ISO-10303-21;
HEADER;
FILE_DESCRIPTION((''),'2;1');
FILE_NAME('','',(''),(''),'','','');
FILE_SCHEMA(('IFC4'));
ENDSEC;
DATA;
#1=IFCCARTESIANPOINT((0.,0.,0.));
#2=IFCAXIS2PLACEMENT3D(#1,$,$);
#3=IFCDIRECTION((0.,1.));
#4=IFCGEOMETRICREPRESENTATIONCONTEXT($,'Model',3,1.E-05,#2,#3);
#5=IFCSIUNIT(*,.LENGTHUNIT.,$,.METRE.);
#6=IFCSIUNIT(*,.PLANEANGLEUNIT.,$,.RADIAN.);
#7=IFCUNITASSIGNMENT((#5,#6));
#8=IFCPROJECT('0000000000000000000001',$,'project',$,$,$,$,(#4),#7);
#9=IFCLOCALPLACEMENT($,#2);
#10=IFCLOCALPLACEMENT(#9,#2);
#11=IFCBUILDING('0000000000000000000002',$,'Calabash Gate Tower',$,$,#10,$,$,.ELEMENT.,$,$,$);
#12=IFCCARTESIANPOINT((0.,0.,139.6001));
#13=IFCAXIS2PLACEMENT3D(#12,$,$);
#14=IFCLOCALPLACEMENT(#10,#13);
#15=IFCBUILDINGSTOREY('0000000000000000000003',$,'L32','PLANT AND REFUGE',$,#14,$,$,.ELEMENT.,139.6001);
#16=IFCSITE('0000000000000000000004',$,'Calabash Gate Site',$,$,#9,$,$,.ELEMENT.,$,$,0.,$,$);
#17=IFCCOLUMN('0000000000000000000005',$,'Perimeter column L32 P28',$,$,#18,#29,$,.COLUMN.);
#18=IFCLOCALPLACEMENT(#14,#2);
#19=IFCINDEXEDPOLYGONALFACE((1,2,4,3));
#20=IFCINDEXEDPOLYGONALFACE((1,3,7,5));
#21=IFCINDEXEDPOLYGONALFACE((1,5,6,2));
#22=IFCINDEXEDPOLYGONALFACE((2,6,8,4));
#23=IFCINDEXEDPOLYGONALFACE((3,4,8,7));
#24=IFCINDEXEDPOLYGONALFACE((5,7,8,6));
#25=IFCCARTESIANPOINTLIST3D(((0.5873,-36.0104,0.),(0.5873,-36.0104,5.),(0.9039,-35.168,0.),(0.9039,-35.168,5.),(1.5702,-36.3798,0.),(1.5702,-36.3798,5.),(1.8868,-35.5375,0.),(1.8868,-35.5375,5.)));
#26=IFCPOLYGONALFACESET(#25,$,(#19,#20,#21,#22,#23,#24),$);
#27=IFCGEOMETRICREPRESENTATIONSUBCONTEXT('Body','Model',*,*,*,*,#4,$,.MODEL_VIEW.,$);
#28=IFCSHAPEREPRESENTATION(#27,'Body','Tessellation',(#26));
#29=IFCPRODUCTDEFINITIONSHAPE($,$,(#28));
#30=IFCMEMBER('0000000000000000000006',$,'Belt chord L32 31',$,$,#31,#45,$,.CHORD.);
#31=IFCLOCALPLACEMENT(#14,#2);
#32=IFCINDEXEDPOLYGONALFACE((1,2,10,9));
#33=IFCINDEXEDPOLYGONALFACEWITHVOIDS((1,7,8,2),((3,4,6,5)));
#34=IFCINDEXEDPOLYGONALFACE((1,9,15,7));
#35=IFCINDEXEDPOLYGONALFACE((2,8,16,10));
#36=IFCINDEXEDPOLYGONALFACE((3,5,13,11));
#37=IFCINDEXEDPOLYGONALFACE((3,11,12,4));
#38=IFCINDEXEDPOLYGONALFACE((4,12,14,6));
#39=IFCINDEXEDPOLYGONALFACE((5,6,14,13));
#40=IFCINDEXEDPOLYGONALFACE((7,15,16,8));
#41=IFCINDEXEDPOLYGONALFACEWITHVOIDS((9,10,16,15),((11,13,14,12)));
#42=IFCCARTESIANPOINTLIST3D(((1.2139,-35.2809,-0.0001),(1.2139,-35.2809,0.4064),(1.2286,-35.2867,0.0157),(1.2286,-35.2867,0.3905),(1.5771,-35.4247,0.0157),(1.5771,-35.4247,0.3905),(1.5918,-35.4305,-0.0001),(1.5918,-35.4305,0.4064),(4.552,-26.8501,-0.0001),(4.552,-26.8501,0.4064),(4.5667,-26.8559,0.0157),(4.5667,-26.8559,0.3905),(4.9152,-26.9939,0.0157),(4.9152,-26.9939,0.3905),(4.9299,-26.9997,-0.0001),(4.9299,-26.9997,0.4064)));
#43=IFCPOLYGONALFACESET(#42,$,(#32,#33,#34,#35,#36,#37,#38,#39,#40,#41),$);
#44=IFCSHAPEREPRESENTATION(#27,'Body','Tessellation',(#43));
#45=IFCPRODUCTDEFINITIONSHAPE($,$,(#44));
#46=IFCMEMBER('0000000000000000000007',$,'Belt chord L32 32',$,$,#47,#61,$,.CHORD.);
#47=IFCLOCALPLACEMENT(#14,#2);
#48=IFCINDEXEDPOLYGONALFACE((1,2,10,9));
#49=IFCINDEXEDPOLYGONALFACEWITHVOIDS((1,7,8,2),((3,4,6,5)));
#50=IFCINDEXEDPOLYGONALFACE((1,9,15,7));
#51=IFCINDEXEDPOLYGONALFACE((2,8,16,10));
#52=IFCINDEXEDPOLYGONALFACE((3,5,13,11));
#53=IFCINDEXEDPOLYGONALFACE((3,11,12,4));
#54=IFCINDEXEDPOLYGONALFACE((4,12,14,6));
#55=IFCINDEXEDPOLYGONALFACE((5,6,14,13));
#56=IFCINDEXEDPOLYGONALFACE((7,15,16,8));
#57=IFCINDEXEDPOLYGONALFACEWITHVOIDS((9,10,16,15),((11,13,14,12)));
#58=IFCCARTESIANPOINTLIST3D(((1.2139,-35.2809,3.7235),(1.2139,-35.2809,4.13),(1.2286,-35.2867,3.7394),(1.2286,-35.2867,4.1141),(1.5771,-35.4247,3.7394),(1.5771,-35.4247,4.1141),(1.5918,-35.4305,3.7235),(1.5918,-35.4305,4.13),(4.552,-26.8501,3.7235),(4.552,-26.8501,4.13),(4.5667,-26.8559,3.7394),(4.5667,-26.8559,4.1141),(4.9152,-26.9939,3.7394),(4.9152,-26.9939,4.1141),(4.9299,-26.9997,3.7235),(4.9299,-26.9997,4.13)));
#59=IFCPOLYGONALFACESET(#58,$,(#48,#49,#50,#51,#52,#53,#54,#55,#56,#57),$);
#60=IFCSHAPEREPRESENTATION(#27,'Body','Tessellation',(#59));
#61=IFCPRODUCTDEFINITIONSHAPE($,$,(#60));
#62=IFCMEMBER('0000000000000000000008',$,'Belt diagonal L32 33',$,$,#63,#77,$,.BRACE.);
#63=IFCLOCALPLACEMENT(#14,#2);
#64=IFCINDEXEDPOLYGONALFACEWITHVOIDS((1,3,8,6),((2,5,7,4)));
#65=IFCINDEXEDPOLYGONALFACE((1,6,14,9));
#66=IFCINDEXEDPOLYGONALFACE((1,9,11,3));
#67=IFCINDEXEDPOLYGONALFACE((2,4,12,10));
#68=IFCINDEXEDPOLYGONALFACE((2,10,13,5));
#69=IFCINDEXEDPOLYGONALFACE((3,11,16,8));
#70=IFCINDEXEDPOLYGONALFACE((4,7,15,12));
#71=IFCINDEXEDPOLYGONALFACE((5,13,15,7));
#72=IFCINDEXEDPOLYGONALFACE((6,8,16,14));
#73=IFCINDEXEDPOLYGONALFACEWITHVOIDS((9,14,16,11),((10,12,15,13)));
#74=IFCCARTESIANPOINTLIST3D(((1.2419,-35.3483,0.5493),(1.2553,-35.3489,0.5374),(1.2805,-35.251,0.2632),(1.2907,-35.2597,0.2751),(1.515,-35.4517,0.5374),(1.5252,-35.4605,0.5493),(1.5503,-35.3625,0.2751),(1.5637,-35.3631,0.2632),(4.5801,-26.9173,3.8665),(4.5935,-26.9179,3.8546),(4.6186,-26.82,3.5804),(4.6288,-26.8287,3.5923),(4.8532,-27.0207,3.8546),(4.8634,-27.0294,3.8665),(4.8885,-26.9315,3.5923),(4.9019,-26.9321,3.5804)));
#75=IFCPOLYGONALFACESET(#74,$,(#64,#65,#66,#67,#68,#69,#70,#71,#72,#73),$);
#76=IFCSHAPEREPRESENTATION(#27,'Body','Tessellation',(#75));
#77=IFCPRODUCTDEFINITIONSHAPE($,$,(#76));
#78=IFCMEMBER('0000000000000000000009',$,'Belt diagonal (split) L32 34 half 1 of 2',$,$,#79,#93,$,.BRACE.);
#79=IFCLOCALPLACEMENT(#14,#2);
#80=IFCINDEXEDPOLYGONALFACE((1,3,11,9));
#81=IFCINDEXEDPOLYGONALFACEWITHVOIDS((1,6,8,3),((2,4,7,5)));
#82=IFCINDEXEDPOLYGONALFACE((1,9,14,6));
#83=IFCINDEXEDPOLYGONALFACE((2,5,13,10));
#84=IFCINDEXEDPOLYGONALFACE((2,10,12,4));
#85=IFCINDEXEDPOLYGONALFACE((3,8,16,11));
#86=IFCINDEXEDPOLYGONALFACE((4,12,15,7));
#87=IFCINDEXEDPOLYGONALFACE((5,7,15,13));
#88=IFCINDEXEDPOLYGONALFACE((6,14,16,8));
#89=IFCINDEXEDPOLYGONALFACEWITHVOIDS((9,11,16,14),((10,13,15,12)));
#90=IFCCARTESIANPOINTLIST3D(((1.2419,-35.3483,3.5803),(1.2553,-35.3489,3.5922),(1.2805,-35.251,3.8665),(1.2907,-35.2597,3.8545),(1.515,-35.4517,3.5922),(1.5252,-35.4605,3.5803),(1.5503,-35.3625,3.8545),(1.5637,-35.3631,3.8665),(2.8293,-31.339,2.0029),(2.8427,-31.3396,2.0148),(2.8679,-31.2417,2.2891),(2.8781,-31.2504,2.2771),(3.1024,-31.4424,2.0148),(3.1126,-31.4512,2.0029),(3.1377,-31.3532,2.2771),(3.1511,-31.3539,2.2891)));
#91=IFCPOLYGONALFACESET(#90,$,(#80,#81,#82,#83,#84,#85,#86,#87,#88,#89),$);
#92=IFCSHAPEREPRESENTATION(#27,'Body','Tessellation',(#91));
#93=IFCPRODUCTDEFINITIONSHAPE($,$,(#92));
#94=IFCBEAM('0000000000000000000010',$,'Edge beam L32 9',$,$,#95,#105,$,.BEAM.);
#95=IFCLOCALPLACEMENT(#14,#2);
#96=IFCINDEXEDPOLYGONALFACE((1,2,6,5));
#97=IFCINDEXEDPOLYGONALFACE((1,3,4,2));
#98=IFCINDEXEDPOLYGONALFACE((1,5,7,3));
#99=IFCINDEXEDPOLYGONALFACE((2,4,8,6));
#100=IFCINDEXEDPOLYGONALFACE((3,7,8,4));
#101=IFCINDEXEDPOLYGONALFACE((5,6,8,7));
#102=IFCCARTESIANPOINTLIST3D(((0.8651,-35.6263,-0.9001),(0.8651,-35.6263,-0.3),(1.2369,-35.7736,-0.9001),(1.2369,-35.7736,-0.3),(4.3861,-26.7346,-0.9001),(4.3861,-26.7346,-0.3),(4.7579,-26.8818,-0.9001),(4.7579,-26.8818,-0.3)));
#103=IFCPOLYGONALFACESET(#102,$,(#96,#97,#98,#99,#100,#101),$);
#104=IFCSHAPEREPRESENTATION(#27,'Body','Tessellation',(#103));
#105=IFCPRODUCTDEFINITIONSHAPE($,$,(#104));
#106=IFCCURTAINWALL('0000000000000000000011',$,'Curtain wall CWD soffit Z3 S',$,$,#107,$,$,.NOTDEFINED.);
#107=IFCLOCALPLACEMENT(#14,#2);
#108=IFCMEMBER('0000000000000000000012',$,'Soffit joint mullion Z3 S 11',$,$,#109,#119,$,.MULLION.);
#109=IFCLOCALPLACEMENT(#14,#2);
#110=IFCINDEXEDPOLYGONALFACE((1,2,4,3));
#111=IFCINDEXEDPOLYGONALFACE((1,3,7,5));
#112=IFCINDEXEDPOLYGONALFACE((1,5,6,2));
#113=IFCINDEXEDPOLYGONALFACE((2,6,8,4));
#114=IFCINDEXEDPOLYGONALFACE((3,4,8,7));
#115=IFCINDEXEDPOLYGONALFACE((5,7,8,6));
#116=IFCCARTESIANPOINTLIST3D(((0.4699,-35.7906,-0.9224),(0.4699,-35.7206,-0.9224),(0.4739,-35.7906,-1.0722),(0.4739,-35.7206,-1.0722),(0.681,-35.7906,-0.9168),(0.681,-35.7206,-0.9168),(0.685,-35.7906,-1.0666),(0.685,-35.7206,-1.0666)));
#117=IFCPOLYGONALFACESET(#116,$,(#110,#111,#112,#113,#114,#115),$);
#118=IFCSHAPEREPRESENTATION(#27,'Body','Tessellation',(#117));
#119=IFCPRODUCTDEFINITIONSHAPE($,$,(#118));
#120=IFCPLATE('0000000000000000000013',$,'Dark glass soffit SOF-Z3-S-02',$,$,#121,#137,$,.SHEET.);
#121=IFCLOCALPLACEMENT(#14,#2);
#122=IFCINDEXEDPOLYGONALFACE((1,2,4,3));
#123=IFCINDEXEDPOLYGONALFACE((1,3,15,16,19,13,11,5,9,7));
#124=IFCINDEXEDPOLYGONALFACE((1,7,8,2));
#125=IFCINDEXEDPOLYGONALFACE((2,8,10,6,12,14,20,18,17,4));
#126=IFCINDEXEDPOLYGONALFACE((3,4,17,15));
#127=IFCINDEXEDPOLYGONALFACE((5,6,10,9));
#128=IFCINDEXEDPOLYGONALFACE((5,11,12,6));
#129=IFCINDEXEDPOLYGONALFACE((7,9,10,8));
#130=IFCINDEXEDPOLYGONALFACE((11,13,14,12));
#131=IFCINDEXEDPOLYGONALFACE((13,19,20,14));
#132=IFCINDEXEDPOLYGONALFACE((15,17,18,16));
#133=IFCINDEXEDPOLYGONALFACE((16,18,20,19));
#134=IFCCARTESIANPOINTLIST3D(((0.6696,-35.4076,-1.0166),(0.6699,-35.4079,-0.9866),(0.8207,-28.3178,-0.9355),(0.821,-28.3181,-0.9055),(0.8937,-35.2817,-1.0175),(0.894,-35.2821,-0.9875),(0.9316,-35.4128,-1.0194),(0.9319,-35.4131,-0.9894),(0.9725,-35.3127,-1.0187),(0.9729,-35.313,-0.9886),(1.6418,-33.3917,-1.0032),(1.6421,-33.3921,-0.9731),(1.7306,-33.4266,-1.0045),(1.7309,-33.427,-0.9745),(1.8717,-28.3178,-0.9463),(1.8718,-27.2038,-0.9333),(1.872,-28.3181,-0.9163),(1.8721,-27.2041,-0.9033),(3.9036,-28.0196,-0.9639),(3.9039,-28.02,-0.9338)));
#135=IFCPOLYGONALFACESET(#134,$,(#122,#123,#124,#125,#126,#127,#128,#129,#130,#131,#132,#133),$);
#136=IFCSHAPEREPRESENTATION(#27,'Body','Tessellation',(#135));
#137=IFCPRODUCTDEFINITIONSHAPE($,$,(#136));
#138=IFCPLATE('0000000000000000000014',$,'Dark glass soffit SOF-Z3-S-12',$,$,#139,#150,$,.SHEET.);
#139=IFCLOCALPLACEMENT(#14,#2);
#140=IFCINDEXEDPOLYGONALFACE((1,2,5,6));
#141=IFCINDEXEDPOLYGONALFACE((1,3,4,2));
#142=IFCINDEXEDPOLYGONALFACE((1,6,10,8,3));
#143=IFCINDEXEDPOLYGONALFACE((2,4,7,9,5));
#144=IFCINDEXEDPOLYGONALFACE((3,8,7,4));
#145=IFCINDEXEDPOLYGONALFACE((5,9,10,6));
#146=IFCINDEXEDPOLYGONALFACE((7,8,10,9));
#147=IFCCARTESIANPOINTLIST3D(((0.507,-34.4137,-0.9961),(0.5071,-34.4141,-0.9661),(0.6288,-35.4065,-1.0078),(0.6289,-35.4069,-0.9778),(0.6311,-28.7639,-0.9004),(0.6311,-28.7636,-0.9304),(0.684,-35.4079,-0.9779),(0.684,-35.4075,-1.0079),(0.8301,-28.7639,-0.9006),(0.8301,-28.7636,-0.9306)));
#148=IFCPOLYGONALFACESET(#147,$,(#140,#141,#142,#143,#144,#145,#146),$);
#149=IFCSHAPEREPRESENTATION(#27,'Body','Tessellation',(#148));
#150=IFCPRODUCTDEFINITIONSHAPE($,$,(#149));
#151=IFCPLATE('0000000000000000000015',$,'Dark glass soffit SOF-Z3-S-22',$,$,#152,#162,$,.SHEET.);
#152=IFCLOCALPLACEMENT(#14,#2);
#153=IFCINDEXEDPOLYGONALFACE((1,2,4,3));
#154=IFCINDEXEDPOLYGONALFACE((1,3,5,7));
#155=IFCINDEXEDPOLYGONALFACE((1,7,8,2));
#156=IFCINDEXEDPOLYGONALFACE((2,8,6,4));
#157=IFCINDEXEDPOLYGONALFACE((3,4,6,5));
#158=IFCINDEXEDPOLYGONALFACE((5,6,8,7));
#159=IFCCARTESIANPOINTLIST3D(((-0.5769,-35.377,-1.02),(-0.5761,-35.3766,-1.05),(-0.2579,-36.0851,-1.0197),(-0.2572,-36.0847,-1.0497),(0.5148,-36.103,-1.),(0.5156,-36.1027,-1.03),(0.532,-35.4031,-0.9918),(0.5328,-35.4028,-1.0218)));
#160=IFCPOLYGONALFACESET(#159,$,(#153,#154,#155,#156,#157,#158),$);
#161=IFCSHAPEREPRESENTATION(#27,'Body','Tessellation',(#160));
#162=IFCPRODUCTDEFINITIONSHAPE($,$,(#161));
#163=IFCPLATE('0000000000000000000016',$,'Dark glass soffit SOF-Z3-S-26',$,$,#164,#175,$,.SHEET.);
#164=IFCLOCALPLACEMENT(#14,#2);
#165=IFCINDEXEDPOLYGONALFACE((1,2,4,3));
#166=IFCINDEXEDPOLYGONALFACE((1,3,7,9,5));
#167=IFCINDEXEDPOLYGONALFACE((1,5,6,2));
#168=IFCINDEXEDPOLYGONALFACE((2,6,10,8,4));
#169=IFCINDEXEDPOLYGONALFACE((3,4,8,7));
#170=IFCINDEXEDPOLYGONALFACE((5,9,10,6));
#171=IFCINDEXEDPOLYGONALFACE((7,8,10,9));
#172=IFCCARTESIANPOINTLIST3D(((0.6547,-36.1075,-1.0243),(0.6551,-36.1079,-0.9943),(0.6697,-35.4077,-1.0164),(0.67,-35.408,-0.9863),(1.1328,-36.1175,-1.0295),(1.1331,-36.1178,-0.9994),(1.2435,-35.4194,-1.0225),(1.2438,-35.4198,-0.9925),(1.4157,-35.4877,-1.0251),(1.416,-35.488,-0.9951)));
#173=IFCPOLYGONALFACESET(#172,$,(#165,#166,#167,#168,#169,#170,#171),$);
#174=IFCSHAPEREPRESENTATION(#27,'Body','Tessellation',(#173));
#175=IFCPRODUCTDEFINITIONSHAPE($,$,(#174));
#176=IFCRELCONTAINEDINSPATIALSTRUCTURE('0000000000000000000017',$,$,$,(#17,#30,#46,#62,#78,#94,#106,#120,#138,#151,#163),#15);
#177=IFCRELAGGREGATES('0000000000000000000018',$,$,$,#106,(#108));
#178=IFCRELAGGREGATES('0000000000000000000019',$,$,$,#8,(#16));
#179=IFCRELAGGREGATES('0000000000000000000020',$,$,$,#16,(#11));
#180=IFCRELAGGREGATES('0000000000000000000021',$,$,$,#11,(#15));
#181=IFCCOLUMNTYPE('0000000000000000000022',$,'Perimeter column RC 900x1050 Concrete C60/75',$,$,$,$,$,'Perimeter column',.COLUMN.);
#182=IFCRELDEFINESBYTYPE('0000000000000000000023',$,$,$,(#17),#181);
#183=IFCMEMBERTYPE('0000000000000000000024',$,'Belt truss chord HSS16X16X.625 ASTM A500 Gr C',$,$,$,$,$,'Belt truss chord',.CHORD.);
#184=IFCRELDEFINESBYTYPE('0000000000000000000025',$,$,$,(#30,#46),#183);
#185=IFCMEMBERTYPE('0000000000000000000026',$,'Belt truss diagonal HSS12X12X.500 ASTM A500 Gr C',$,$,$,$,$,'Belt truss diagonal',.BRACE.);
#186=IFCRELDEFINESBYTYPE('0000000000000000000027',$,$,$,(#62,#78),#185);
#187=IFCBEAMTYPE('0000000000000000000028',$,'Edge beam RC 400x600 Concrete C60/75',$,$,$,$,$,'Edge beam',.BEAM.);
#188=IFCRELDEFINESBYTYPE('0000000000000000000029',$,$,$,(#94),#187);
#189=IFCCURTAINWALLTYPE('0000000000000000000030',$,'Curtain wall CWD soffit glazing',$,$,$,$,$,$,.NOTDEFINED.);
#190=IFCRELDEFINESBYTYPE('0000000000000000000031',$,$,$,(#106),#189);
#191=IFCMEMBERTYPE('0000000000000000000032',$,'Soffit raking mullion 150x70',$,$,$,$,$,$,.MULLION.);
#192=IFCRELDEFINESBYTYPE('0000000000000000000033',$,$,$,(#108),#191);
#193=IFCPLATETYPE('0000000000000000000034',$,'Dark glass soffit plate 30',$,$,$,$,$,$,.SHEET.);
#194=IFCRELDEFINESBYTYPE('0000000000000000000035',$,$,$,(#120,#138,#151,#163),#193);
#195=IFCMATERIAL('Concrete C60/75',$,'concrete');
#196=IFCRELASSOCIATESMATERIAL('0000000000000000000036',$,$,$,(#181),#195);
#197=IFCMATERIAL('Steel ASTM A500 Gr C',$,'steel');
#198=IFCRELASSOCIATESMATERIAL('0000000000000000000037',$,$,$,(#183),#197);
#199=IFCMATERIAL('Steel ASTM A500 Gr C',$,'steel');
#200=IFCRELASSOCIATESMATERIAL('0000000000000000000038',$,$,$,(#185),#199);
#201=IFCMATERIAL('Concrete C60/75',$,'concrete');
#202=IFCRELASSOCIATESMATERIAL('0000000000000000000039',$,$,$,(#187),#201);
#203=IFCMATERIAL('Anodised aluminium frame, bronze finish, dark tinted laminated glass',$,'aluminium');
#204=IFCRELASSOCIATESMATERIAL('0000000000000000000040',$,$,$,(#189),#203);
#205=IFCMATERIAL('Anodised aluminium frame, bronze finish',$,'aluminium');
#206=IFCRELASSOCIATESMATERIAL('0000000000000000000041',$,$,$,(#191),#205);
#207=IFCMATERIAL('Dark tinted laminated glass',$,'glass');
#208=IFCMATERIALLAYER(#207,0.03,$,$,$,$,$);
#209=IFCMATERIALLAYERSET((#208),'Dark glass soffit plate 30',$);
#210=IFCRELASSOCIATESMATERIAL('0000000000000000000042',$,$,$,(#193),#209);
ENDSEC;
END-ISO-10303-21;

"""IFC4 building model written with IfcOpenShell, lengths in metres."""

from ifc_helpers import new_model, si_unit, direction, frame, origin, origin_2d, place, context, subcontext, project, spatial, polyline, rectangle, hollow_rectangle, outline, extrude, material, layer, layer_set, material_profile, profile_set, type_object, element, aggregate, save


model = new_model("IFC4")

# Units and contexts
model_context = context("Model", 3, precision=1e-05, world=origin(), true_north=direction((0.0, 1.0)))
body_context = subcontext(model_context, "Body", "Model", "MODEL_VIEW")
ifc_project = project(units=[si_unit("LENGTHUNIT", "METRE"), si_unit("PLANEANGLEUNIT", "RADIAN")], contexts=[model_context])

# Site, building, storey
site_placement = place(None, origin())
site = spatial("IfcSite", under=ifc_project, at=site_placement, Name="Calabash Gate Site", CompositionType="ELEMENT", RefElevation=0.0)
building_placement = place(site_placement, origin())
building = spatial("IfcBuilding", under=site, at=building_placement, Name="Calabash Gate Tower", CompositionType="ELEMENT")
storey_placement = place(building_placement, frame((0.0, 0.0, 139.6001)))
storey = spatial("IfcBuildingStorey", under=building, at=storey_placement, Name="L32", Description="PLANT AND REFUGE", CompositionType="ELEMENT", Elevation=139.6001)

# Column
ifc_material_1 = material(Name="Concrete C60/75", Category="concrete")
ifc_material_profile_1 = material_profile(ifc_material_1, rectangle(XDim=0.8999, YDim=1.05, at=origin_2d()))
ifc_profile_set_1 = profile_set([ifc_material_profile_1], Name="Concrete C60/75")
column_type = type_object("IfcColumnType", Name="Perimeter column RC 900x1050 Concrete C60/75", ElementType="Perimeter column", PredefinedType="COLUMN", material=ifc_profile_set_1)
column_placement = place(storey_placement, frame((1.2371, -35.7739, 0.0), z_axis=(0.0, 0.0, 1.0), x_axis=(0.351823, 0.936067, 0.0)))
element("IfcColumn", 1, at=column_placement, inside=storey, type_object=column_type, Name="Perimeter column L32 P28", PredefinedType="COLUMN", context=body_context, shape_type="SweptSolid", body=[
    extrude(rectangle(XDim=0.8999, YDim=1.05, at=origin_2d()), origin(), (0.0, 0.0, 1.0), 5.0),
])

# Members
ifc_material_2 = material(Name="Steel ASTM A500 Gr C", Category="steel")
ifc_material_profile_2 = material_profile(ifc_material_2, hollow_rectangle(XDim=0.4065, YDim=0.4065, WallThickness=0.0159, at=origin_2d()))
ifc_profile_set_2 = profile_set([ifc_material_profile_2], Name="Steel ASTM A500 Gr C")
member_type_1 = type_object("IfcMemberType", Name="Belt truss chord HSS16X16X.625 ASTM A500 Gr C", ElementType="Belt truss chord", PredefinedType="CHORD", material=ifc_profile_set_2)
for number, where, z_axis, x_axis, name in (
    (2, (1.4028, -35.3557, 0.2031), (0.368134, 0.929773, 0.0), (-0.929773, 0.368134, 0.0), "Belt chord L32 31"),
    (3, (1.4028, -35.3557, 3.9268), (0.368134, 0.929773, 0.0), (-0.929773, 0.368134, 0.0), "Belt chord L32 32"),
):
    element("IfcMember", number, at=place(storey_placement, frame(where, z_axis=z_axis, x_axis=x_axis)), inside=storey, type_object=member_type_1, Name=name, PredefinedType="CHORD", context=body_context, shape_type="SweptSolid", body=[
        extrude(hollow_rectangle(XDim=0.4065, YDim=0.4065, WallThickness=0.0159, at=origin_2d()), origin(), (0.0, 0.0, 1.0), 9.0676),
    ])
ifc_material_3 = material(Name="Steel ASTM A500 Gr C", Category="steel")
ifc_material_profile_3 = material_profile(ifc_material_3, hollow_rectangle(XDim=0.3047, YDim=0.3047, WallThickness=0.0127, at=origin_2d()))
ifc_profile_set_3 = profile_set([ifc_material_profile_3], Name="Steel ASTM A500 Gr C")
member_type_2 = type_object("IfcMemberType", Name="Belt truss diagonal HSS12X12X.500 ASTM A500 Gr C", ElementType="Belt truss diagonal", PredefinedType="BRACE", material=ifc_profile_set_3)
member_1_placement = place(storey_placement, frame((1.4028, -35.3557, 0.4062), z_axis=(0.345727, 0.873181, 0.343553), x_axis=(-0.929773, 0.368134, 0.0)))
element("IfcMember", 4, at=member_1_placement, inside=storey, type_object=member_type_2, Name="Belt diagonal L32 33", PredefinedType="BRACE", context=body_context, shape_type="SweptSolid", body=[
    extrude(hollow_rectangle(XDim=0.3047, YDim=0.3047, WallThickness=0.0127, at=origin_2d()), origin(), (0.0, 0.0, 1.0), 9.6555),
])
member_2_placement = place(storey_placement, frame((1.4028, -35.3557, 3.7234), z_axis=(0.345723, 0.873186, -0.343543), x_axis=(-0.929775, 0.368128, 0.0)))
element("IfcMember", 5, at=member_2_placement, inside=storey, type_object=member_type_2, Name="Belt diagonal (split) L32 34 half 1 of 2", PredefinedType="BRACE", context=body_context, shape_type="SweptSolid", body=[
    extrude(hollow_rectangle(XDim=0.3047, YDim=0.3047, WallThickness=0.0127, at=origin_2d()), origin(), (0.0, 0.0, 1.0), 4.5916),
])

# Beam
ifc_material_4 = material(Name="Concrete C60/75", Category="concrete")
ifc_material_profile_4 = material_profile(ifc_material_4, rectangle(XDim=0.3999, YDim=0.6001, at=origin_2d()))
ifc_profile_set_4 = profile_set([ifc_material_profile_4], Name="Concrete C60/75")
beam_type = type_object("IfcBeamType", Name="Edge beam RC 400x600 Concrete C60/75", ElementType="Edge beam", PredefinedType="BEAM", material=ifc_profile_set_4)
beam_placement = place(storey_placement, frame((1.051, -35.7, -0.6001), z_axis=(0.368167, 0.92976, 0.0), x_axis=(-0.92976, 0.368167, 0.0)))
element("IfcBeam", 6, at=beam_placement, inside=storey, type_object=beam_type, Name="Edge beam L32 9", PredefinedType="BEAM", context=body_context, shape_type="SweptSolid", body=[
    extrude(rectangle(XDim=0.3999, YDim=0.6001, at=origin_2d()), origin(), (0.0, 0.0, 1.0), 9.5635),
])

# Curtain wall, member
ifc_material_5 = material(Name="Anodised aluminium frame, bronze finish, dark tinted laminated glass", Category="aluminium")
curtain_wall_type = type_object("IfcCurtainWallType", Name="Curtain wall CWD soffit glazing", PredefinedType="NOTDEFINED", material=ifc_material_5)
curtain_wall_placement = place(storey_placement, origin())
curtain_wall = element("IfcCurtainWall", 7, at=curtain_wall_placement, inside=storey, type_object=curtain_wall_type, Name="Curtain wall CWD soffit Z3 S", PredefinedType="NOTDEFINED")
ifc_material_6 = material(Name="Anodised aluminium frame, bronze finish", Category="aluminium")
ifc_material_profile_5 = material_profile(ifc_material_6, rectangle(XDim=0.1499, YDim=0.0701, at=origin_2d()))
ifc_profile_set_5 = profile_set([ifc_material_profile_5], Name="Anodised aluminium frame, bronze finish")
member_type_3 = type_object("IfcMemberType", Name="Soffit raking mullion 150x70", PredefinedType="MULLION", material=ifc_profile_set_5)
member_3_placement = place(storey_placement, frame((0.4719, -35.7556, -0.9973), z_axis=(0.999647, 0.0, 0.02658), x_axis=(-0.02658, 0.0, 0.999647)))
member_3 = element("IfcMember", 8, at=member_3_placement, type_object=member_type_3, Name="Soffit joint mullion Z3 S 11", PredefinedType="MULLION", context=body_context, shape_type="SweptSolid", body=[
    extrude(rectangle(XDim=0.1499, YDim=0.0701, at=origin_2d()), origin(), (0.0, 0.0, 1.0), 0.2112),
])
aggregate(curtain_wall, [member_3])

# Plates
ifc_material_7 = material(Name="Dark tinted laminated glass", Category="glass")
ifc_layer_1 = layer(ifc_material_7, 0.03)
ifc_layer_set_1 = layer_set([ifc_layer_1], Name="Dark glass soffit plate 30")
plate_type_1 = type_object("IfcPlateType", Name="Dark glass soffit plate 30", PredefinedType="SHEET", material=ifc_layer_set_1)
plate_1_placement = place(storey_placement, frame((1.6421, -33.3921, -0.9731), z_axis=(0.010329, -0.011667, 0.999879), x_axis=(-0.368027, -0.929788, -0.007047)))
element("IfcPlate", 9, at=plate_1_placement, inside=storey, type_object=plate_type_1, Name="Dark glass soffit SOF-Z3-S-02", PredefinedType="SHEET", context=body_context, shape_type="SweptSolid", body=[
    extrude(outline(polyline([(0.0, 0.0), (2.0327, 0.0), (2.0325, 0.0847), (2.1406, 0.0835), (2.2322, -0.1621), (-4.416, -2.6311), (-4.8027, -1.6538), (-5.8386, -2.0637), (-5.8276, 0.126), (-0.0002, 0.0955), (0.0, 0.0)])), origin(), (0.0, 0.0, -1.0), 0.03),
])
plate_2_placement = place(storey_placement, frame((0.5071, -34.4141, -0.9661), z_axis=(0.001214, -0.011653, 0.999931), x_axis=(0.021944, 0.999692, 0.011624)))
element("IfcPlate", 10, at=plate_2_placement, inside=storey, type_object=plate_type_1, Name="Dark glass soffit SOF-Z3-S-12", PredefinedType="SHEET", context=body_context, shape_type="SweptSolid", body=[
    extrude(outline(polyline([(0.0, 0.0), (5.6519, 0.0), (5.6562, -0.199), (-0.9897, -0.1987), (-0.99, -0.1436), (0.0, 0.0)])), origin(), (0.0, 0.0, -1.0), 0.03),
])
plate_3_placement = place(storey_placement, frame((-0.5769, -35.377, -1.02), z_axis=(-0.025678, -0.01105, 0.999609), x_axis=(0.9994, -0.023548, 0.025412)))
element("IfcPlate", 11, at=plate_3_placement, inside=storey, type_object=plate_type_1, Name="Dark glass soffit SOF-Z3-S-22", PredefinedType="SHEET", context=body_context, shape_type="SweptSolid", body=[
    extrude(outline(polyline([(0.0, 0.0), (1.1096, 0.0), (1.1086, -0.7002), (0.3354, -0.7004), (0.0, 0.0)])), origin(), (0.0, 0.0, -1.0), 0.03),
])
plate_4_placement = place(storey_placement, frame((1.416, -35.488, -0.9951), z_axis=(0.01052, -0.011597, 0.999877), x_axis=(-0.409777, -0.912164, -0.006268)))
element("IfcPlate", 12, at=plate_4_placement, inside=storey, type_object=plate_type_1, Name="Dark glass soffit SOF-Z3-S-26", PredefinedType="SHEET", context=body_context, shape_type="SweptSolid", body=[
    extrude(outline(polyline([(0.0, 0.0), (0.6904, 0.0), (0.8772, -0.4402), (0.2327, -0.7134), (0.0083, -0.1851), (0.0, 0.0)])), origin(), (0.0, 0.0, -1.0), 0.03),
])

save(model, "model.ifc")
